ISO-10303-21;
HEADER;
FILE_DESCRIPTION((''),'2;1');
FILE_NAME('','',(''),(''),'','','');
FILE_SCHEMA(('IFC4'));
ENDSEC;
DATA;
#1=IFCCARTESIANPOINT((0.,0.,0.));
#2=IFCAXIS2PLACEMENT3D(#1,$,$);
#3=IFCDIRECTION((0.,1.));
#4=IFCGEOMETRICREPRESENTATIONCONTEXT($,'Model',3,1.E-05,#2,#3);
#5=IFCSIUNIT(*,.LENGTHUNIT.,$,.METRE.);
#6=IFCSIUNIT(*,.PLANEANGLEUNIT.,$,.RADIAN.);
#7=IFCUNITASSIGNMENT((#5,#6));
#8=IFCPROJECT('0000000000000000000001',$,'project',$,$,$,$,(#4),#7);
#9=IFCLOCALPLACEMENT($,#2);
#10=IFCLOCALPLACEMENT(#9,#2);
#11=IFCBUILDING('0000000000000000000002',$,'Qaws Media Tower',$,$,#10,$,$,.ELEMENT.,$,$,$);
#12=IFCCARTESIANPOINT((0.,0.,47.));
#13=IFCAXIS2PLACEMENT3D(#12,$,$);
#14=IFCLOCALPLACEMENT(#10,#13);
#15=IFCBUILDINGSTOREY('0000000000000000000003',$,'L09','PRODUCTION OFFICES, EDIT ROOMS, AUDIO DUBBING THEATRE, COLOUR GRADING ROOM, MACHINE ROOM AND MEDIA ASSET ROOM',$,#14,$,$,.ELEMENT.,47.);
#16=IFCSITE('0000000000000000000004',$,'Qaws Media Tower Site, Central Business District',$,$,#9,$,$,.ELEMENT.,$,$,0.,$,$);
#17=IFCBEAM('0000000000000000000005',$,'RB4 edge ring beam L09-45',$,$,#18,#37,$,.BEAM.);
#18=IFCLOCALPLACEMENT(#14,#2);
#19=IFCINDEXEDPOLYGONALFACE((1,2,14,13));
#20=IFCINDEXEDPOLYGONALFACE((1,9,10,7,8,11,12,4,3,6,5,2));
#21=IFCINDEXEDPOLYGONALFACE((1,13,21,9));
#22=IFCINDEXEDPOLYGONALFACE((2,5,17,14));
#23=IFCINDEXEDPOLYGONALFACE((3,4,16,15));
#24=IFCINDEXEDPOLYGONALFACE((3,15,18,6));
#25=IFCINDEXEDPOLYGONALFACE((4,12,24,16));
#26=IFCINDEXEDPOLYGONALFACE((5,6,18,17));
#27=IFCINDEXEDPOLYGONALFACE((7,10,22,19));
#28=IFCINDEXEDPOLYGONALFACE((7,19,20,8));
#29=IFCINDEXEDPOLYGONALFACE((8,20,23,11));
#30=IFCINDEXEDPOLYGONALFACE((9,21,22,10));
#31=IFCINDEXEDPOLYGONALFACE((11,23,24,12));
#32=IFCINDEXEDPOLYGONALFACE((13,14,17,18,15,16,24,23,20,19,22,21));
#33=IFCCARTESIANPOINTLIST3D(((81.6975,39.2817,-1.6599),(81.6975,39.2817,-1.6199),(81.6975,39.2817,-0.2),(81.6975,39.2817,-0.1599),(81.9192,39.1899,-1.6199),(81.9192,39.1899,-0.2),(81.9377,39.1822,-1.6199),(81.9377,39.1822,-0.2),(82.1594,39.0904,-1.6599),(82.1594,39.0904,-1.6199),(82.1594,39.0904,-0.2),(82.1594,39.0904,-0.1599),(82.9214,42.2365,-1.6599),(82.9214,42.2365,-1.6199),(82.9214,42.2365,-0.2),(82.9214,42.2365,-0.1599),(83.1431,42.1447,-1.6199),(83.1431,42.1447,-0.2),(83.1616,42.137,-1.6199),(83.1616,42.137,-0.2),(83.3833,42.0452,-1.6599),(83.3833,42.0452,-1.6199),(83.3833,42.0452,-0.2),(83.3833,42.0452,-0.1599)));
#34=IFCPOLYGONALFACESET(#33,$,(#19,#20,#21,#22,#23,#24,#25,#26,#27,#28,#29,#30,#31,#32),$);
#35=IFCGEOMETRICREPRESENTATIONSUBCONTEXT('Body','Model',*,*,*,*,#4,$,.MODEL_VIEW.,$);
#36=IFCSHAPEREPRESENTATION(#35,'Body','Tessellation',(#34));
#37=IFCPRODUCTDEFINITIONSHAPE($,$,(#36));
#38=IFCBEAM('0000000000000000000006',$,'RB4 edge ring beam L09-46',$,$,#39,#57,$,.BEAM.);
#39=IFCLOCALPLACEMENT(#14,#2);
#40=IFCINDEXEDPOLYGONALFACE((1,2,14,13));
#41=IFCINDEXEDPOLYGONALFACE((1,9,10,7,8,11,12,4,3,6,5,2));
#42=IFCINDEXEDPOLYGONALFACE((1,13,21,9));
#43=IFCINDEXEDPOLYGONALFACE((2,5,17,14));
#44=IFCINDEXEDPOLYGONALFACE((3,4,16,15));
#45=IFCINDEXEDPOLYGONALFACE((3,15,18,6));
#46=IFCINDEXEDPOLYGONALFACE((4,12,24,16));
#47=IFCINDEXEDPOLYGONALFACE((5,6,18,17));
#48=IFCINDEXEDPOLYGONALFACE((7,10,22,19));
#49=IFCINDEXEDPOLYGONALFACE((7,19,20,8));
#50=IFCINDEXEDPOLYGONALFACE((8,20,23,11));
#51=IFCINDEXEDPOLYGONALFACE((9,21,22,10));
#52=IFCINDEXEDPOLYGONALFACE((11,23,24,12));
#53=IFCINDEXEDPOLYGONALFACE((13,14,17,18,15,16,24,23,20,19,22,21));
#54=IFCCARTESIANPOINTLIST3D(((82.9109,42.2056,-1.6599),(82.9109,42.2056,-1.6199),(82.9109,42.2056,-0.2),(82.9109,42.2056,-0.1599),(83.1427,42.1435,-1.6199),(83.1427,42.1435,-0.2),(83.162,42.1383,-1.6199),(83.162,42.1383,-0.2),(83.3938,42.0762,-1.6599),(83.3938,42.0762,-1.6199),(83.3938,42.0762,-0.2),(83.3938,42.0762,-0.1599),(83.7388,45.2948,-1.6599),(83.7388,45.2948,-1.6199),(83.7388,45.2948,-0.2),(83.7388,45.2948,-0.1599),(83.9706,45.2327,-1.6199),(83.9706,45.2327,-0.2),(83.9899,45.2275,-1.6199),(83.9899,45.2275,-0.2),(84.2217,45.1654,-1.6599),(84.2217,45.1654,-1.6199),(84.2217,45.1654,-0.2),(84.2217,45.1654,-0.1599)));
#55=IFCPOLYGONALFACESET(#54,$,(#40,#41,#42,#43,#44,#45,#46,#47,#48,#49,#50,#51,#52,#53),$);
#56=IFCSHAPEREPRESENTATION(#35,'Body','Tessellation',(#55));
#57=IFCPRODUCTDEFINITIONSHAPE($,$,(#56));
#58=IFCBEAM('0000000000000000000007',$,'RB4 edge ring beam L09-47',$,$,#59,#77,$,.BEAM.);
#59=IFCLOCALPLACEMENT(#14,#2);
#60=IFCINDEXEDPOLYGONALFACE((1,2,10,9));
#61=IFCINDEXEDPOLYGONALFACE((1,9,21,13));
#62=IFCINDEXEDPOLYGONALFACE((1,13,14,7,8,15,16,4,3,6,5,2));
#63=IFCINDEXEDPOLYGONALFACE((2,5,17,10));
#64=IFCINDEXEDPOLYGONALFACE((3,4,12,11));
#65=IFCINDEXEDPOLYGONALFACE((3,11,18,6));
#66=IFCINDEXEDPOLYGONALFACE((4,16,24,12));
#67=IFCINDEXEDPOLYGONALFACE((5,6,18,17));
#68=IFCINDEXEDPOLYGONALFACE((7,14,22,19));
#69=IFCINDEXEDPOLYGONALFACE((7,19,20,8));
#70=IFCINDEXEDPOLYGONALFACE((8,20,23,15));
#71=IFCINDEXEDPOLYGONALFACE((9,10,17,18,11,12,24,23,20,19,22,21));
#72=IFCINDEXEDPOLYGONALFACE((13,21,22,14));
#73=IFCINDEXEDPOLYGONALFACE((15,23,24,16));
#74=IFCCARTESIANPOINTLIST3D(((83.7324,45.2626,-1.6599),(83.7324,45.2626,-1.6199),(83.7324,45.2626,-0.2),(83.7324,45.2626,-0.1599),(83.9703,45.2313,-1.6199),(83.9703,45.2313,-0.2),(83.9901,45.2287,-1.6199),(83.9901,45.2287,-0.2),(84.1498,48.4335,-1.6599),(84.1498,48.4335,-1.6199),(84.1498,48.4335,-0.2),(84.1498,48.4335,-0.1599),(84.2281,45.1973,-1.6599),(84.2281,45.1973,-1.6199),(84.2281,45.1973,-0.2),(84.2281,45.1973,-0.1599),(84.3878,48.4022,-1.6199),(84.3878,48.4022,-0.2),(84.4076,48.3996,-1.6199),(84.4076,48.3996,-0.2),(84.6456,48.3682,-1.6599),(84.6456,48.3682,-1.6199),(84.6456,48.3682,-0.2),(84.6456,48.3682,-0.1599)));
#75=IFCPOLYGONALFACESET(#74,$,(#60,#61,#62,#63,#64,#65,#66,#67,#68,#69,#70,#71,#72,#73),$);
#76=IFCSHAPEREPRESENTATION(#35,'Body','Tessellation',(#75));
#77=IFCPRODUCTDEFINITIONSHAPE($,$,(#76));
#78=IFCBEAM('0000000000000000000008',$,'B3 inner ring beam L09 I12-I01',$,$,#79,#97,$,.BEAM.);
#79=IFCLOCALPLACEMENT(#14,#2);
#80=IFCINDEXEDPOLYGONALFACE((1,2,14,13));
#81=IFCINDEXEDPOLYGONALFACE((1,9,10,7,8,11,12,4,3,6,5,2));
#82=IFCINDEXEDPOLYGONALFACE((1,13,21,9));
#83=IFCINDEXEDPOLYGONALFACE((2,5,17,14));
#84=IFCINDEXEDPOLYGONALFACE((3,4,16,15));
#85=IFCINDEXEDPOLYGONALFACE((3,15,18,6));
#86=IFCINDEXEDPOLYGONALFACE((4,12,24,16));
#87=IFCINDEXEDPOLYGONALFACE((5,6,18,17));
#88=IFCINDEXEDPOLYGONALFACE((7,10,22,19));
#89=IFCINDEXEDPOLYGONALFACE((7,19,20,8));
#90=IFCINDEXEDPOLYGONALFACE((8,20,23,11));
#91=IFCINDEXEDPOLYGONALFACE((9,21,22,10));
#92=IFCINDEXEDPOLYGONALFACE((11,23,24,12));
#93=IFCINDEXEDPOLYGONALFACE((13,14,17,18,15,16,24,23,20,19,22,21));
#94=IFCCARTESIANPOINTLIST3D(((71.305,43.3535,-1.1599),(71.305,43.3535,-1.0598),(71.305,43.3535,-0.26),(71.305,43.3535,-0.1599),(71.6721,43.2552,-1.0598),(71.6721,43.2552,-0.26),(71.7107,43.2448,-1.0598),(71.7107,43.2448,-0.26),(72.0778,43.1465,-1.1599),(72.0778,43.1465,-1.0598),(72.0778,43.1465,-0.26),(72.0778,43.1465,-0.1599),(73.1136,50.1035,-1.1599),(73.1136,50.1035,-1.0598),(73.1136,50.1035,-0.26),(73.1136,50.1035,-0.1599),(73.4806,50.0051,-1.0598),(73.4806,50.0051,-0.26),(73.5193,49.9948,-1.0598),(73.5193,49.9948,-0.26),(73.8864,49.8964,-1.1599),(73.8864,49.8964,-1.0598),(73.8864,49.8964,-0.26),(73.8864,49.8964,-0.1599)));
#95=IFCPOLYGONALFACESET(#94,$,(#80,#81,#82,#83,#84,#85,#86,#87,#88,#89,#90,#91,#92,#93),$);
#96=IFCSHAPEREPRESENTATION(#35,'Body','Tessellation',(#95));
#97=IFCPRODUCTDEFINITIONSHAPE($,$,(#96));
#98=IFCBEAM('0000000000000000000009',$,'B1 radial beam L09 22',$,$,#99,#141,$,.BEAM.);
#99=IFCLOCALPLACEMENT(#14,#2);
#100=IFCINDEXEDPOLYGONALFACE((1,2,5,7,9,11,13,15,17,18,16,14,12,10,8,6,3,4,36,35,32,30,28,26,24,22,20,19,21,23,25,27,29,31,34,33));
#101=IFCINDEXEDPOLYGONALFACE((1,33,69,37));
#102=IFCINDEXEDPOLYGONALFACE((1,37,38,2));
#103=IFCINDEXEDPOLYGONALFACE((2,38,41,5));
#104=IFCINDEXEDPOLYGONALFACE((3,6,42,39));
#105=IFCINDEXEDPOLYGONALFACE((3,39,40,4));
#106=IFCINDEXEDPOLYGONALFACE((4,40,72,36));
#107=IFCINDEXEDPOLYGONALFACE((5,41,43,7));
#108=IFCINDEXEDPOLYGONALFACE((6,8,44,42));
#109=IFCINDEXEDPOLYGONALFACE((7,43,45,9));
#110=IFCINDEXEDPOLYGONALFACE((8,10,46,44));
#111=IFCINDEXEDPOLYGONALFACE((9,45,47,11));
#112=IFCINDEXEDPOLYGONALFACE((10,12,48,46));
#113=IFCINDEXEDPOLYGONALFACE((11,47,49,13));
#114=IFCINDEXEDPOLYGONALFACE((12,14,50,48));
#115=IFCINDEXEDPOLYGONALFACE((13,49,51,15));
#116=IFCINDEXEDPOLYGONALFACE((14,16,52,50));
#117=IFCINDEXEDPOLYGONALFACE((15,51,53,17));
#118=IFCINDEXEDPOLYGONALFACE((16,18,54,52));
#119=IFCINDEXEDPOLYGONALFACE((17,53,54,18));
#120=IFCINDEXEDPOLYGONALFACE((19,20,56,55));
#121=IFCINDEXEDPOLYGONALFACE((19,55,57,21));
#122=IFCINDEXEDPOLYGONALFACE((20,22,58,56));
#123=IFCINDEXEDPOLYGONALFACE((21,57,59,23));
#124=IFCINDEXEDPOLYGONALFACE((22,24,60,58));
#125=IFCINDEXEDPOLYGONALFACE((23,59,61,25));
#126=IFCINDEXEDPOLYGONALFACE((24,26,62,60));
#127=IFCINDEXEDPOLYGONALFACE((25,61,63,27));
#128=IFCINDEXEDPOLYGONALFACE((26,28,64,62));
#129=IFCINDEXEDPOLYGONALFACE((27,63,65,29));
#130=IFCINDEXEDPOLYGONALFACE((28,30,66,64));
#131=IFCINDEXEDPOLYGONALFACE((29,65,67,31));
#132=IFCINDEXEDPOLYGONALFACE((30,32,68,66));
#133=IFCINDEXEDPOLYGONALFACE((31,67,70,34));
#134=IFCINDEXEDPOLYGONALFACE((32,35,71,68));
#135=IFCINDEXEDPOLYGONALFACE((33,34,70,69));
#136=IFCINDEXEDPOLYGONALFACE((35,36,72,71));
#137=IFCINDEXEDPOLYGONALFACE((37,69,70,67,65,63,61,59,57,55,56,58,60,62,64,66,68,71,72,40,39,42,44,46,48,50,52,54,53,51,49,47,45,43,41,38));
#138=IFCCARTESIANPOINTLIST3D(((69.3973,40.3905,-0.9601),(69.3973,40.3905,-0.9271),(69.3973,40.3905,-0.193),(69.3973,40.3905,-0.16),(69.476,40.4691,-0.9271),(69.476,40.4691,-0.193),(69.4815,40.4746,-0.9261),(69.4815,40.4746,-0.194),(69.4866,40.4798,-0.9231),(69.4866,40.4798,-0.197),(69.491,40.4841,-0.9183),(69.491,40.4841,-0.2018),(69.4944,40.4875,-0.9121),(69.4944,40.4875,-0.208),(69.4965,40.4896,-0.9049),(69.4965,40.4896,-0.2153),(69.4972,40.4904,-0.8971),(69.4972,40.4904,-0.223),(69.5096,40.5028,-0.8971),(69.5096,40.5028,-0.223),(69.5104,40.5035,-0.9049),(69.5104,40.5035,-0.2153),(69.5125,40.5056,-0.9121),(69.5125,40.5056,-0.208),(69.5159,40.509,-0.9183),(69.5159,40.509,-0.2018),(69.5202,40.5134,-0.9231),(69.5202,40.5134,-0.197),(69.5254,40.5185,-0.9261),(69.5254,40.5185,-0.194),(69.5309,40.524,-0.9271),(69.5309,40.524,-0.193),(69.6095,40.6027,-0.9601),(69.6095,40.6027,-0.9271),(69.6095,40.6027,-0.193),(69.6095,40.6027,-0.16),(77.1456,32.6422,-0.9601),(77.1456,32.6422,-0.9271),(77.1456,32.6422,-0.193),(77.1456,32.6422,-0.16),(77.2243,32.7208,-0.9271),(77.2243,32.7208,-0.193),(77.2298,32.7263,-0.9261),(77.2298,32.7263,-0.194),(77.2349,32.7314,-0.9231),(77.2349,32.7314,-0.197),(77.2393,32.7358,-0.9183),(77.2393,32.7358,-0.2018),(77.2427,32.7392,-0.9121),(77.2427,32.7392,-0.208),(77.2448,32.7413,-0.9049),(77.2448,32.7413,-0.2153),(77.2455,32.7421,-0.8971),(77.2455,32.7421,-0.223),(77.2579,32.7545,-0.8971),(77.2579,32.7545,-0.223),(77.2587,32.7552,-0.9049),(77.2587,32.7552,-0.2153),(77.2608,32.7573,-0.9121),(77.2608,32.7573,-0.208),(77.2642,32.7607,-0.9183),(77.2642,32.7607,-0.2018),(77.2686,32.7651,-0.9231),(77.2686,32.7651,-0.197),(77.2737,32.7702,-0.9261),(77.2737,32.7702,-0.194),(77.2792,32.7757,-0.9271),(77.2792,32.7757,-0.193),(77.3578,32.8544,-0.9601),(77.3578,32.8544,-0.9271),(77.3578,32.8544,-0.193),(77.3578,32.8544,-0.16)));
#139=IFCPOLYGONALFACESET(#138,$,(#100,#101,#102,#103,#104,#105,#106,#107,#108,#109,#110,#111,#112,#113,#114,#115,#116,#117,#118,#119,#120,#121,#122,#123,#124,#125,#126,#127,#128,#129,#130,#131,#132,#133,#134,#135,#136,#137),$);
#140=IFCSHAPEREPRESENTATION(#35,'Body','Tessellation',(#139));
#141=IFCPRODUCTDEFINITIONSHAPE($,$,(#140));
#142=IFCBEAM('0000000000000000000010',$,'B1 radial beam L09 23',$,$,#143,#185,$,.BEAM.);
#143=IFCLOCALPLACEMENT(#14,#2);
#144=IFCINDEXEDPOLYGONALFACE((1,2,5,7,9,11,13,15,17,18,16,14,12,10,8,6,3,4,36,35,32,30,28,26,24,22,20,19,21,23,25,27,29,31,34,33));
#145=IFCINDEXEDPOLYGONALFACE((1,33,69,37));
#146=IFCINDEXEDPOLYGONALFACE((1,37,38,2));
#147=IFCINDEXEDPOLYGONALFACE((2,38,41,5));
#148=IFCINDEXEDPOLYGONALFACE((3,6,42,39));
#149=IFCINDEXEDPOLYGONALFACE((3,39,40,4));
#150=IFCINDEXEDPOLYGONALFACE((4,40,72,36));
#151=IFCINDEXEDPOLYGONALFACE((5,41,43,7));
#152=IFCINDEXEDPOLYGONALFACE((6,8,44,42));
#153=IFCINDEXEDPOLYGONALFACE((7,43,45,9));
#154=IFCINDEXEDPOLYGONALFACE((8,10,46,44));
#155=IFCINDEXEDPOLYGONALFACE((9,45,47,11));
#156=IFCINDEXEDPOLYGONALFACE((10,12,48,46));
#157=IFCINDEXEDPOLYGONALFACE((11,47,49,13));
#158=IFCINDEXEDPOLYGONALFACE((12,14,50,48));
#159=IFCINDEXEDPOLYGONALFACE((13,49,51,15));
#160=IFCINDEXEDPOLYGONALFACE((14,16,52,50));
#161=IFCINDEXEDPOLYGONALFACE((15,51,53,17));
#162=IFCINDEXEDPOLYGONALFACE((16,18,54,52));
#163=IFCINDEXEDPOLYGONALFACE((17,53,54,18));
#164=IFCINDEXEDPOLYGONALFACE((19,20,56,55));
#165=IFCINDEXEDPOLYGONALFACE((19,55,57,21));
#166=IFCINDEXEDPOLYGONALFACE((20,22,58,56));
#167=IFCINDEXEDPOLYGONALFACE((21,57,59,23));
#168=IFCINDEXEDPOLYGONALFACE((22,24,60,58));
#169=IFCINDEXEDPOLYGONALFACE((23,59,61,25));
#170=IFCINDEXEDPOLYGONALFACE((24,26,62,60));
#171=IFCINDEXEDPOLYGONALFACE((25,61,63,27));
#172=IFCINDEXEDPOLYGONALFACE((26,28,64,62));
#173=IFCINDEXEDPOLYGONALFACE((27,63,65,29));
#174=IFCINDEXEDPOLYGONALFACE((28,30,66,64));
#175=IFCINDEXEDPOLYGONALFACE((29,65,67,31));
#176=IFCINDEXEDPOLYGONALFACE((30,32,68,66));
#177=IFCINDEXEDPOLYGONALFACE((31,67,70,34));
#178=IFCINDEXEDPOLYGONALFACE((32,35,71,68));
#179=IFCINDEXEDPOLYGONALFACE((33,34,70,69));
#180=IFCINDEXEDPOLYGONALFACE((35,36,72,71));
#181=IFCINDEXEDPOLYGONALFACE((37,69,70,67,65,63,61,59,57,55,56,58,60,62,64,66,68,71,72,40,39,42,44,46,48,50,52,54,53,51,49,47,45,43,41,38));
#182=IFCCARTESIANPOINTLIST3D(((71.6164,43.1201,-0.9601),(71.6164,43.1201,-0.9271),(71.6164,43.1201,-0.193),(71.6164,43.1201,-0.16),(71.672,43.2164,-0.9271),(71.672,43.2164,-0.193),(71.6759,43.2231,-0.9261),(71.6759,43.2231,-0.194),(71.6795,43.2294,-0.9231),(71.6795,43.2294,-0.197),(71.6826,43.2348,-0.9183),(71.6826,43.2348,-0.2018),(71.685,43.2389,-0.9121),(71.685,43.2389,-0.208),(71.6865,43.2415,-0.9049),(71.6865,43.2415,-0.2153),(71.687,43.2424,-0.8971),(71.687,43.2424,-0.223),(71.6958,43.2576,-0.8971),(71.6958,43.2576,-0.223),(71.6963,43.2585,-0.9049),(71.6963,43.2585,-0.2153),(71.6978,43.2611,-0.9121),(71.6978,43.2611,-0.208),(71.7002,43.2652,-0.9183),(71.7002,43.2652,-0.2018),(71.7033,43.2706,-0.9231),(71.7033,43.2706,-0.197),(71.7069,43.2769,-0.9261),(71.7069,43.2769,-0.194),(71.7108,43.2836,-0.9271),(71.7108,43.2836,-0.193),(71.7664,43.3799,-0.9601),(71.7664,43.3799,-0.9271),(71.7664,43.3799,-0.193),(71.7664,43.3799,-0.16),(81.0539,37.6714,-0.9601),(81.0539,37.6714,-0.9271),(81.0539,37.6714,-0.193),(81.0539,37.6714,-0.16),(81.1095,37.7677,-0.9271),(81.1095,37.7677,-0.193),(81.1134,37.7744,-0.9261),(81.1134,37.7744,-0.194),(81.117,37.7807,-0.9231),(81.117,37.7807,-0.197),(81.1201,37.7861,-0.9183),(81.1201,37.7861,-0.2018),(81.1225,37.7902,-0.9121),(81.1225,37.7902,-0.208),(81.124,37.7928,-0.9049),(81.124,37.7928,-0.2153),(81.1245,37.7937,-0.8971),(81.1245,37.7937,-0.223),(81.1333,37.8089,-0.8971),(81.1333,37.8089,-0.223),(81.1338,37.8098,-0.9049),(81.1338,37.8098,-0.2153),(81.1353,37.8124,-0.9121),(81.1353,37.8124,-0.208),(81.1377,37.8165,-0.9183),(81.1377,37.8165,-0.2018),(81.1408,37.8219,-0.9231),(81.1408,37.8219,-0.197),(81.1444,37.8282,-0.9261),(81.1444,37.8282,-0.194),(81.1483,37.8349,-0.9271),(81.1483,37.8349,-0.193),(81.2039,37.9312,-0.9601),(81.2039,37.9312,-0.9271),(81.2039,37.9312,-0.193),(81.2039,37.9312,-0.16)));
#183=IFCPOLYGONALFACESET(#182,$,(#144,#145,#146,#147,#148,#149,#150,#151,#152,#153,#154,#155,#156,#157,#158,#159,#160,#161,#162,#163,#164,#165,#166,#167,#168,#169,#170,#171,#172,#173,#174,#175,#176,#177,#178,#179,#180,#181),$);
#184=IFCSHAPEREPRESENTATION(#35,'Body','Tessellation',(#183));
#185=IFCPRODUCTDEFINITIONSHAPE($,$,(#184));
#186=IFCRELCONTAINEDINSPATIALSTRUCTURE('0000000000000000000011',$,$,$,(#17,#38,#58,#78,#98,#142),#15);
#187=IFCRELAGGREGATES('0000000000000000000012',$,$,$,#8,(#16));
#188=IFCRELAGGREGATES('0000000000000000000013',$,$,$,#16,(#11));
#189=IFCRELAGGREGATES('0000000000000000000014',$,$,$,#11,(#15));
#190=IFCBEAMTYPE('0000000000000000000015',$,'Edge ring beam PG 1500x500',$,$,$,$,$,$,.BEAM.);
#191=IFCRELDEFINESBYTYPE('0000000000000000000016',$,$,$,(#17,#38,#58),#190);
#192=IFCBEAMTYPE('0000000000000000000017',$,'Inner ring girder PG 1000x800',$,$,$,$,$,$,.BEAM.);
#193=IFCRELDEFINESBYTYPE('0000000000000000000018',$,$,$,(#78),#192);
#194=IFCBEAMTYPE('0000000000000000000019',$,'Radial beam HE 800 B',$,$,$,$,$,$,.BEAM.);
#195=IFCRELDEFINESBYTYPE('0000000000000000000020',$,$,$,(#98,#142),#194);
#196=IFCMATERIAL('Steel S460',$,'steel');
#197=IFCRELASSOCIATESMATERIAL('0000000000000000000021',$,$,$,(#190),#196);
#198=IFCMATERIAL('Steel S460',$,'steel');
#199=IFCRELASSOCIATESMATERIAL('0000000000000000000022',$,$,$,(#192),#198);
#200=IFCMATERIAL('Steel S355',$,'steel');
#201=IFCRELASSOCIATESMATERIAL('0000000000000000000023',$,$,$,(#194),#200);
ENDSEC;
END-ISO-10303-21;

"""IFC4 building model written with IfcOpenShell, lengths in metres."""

from ifc_helpers import new_model, si_unit, direction, frame, origin, origin_2d, place, context, subcontext, project, spatial, i_section, extrude, material, material_profile, profile_set, type_object, element, save


model = new_model("IFC4")

# Units and contexts
model_context = context("Model", 3, precision=1e-05, world=origin(), true_north=direction((0.0, 1.0)))
body_context = subcontext(model_context, "Body", "Model", "MODEL_VIEW")
ifc_project = project(units=[si_unit("LENGTHUNIT", "METRE"), si_unit("PLANEANGLEUNIT", "RADIAN")], contexts=[model_context])

# Site, building, storey
site_placement = place(None, origin())
site = spatial("IfcSite", under=ifc_project, at=site_placement, Name="Qaws Media Tower Site, Central Business District", CompositionType="ELEMENT", RefElevation=0.0)
building_placement = place(site_placement, origin())
building = spatial("IfcBuilding", under=site, at=building_placement, Name="Qaws Media Tower", CompositionType="ELEMENT")
storey_placement = place(building_placement, frame((0.0, 0.0, 47.0)))
storey = spatial("IfcBuildingStorey", under=building, at=storey_placement, Name="L09", Description="PRODUCTION OFFICES, EDIT ROOMS, AUDIO DUBBING THEATRE, COLOUR GRADING ROOM, MACHINE ROOM AND MEDIA ASSET ROOM", CompositionType="ELEMENT", Elevation=47.0)

# Beams
ifc_material_1 = material(Name="Steel S460", Category="steel")
ifc_material_profile_1 = material_profile(ifc_material_1, i_section(OverallWidth=0.5, OverallDepth=1.5, WebThickness=0.02, FlangeThickness=0.04, at=origin_2d()), Name="PG 1500x500")
ifc_profile_set_1 = profile_set([ifc_material_profile_1], Name="Steel S460")
beam_type_1 = type_object("IfcBeamType", Name="Edge ring beam PG 1500x500", PredefinedType="BEAM", material=ifc_profile_set_1)
for number, where, z_axis, x_axis, name in (
    (1, (81.9285, 39.186, -0.9099), (0.382669, 0.923886, 0.0), (-0.923886, 0.382669, 0.0), "RB4 edge ring beam L09-45"),
    (2, (83.1523, 42.1409, -0.9099), (0.258865, 0.965914, 0.0), (-0.965914, 0.258865, 0.0), "RB4 edge ring beam L09-46"),
    (3, (83.9802, 45.23, -0.9099), (0.130533, 0.991444, 0.0), (-0.991444, 0.130533, 0.0), "RB4 edge ring beam L09-47"),
):
    element("IfcBeam", number, at=place(storey_placement, frame(where, z_axis=z_axis, x_axis=x_axis)), inside=storey, type_object=beam_type_1, Name=name, PredefinedType="BEAM", context=body_context, shape_type="SweptSolid", body=[
        extrude(i_section(OverallWidth=0.5, OverallDepth=1.5, WebThickness=0.02, FlangeThickness=0.04, at=origin_2d()), origin(), (0.0, 0.0, 1.0), 3.1982),
    ])
ifc_material_2 = material(Name="Steel S460", Category="steel")
ifc_material_profile_2 = material_profile(ifc_material_2, i_section(OverallWidth=0.8, OverallDepth=1.0, WebThickness=0.04, FlangeThickness=0.1001, at=origin_2d()), Name="PG 1000x800")
ifc_profile_set_2 = profile_set([ifc_material_profile_2], Name="Steel S460")
beam_type_2 = type_object("IfcBeamType", Name="Inner ring girder PG 1000x800", PredefinedType="BEAM", material=ifc_profile_set_2)
beam_1_placement = place(storey_placement, frame((71.6914, 43.25, -0.6599), z_axis=(0.258811, 0.965928, 0.0), x_axis=(-0.965928, 0.258811, 0.0)))
element("IfcBeam", 4, at=beam_1_placement, inside=storey, type_object=beam_type_2, Name="B3 inner ring beam L09 I12-I01", PredefinedType="BEAM", context=body_context, shape_type="SweptSolid", body=[
    extrude(i_section(OverallWidth=0.8, OverallDepth=1.0, WebThickness=0.04, FlangeThickness=0.1001, at=origin_2d()), origin(), (0.0, 0.0, 1.0), 6.988),
])
ifc_material_3 = material(Name="Steel S355", Category="steel")
ifc_material_profile_3 = material_profile(ifc_material_3, i_section(OverallWidth=0.3, OverallDepth=0.8, WebThickness=0.0176, FlangeThickness=0.033, FilletRadius=0.03, at=origin_2d()), Name="HE 800 B")
ifc_profile_set_3 = profile_set([ifc_material_profile_3], Name="Steel S355")
beam_type_3 = type_object("IfcBeamType", Name="Radial beam HE 800 B", PredefinedType="BEAM", material=ifc_profile_set_3)
beam_2_placement = place(storey_placement, frame((69.5034, 40.4966, -0.5601), z_axis=(0.707107, -0.707107, 0.0), x_axis=(0.707107, 0.707107, 0.0)))
element("IfcBeam", 5, at=beam_2_placement, inside=storey, type_object=beam_type_3, Name="B1 radial beam L09 22", PredefinedType="BEAM", context=body_context, shape_type="SweptSolid", body=[
    extrude(i_section(OverallWidth=0.3, OverallDepth=0.8, WebThickness=0.0176, FlangeThickness=0.033, FilletRadius=0.03, at=origin_2d()), origin(), (0.0, 0.0, 1.0), 10.9578),
])
beam_3_placement = place(storey_placement, frame((71.6914, 43.25, -0.5601), z_axis=(0.866026, -0.499999, 0.0), x_axis=(0.499999, 0.866026, 0.0)))
element("IfcBeam", 6, at=beam_3_placement, inside=storey, type_object=beam_type_3, Name="B1 radial beam L09 23", PredefinedType="BEAM", context=body_context, shape_type="SweptSolid", body=[
    extrude(i_section(OverallWidth=0.3, OverallDepth=0.8, WebThickness=0.0176, FlangeThickness=0.033, FilletRadius=0.03, at=origin_2d()), origin(), (0.0, 0.0, 1.0), 10.8975),
])

save(model, "model.ifc")
